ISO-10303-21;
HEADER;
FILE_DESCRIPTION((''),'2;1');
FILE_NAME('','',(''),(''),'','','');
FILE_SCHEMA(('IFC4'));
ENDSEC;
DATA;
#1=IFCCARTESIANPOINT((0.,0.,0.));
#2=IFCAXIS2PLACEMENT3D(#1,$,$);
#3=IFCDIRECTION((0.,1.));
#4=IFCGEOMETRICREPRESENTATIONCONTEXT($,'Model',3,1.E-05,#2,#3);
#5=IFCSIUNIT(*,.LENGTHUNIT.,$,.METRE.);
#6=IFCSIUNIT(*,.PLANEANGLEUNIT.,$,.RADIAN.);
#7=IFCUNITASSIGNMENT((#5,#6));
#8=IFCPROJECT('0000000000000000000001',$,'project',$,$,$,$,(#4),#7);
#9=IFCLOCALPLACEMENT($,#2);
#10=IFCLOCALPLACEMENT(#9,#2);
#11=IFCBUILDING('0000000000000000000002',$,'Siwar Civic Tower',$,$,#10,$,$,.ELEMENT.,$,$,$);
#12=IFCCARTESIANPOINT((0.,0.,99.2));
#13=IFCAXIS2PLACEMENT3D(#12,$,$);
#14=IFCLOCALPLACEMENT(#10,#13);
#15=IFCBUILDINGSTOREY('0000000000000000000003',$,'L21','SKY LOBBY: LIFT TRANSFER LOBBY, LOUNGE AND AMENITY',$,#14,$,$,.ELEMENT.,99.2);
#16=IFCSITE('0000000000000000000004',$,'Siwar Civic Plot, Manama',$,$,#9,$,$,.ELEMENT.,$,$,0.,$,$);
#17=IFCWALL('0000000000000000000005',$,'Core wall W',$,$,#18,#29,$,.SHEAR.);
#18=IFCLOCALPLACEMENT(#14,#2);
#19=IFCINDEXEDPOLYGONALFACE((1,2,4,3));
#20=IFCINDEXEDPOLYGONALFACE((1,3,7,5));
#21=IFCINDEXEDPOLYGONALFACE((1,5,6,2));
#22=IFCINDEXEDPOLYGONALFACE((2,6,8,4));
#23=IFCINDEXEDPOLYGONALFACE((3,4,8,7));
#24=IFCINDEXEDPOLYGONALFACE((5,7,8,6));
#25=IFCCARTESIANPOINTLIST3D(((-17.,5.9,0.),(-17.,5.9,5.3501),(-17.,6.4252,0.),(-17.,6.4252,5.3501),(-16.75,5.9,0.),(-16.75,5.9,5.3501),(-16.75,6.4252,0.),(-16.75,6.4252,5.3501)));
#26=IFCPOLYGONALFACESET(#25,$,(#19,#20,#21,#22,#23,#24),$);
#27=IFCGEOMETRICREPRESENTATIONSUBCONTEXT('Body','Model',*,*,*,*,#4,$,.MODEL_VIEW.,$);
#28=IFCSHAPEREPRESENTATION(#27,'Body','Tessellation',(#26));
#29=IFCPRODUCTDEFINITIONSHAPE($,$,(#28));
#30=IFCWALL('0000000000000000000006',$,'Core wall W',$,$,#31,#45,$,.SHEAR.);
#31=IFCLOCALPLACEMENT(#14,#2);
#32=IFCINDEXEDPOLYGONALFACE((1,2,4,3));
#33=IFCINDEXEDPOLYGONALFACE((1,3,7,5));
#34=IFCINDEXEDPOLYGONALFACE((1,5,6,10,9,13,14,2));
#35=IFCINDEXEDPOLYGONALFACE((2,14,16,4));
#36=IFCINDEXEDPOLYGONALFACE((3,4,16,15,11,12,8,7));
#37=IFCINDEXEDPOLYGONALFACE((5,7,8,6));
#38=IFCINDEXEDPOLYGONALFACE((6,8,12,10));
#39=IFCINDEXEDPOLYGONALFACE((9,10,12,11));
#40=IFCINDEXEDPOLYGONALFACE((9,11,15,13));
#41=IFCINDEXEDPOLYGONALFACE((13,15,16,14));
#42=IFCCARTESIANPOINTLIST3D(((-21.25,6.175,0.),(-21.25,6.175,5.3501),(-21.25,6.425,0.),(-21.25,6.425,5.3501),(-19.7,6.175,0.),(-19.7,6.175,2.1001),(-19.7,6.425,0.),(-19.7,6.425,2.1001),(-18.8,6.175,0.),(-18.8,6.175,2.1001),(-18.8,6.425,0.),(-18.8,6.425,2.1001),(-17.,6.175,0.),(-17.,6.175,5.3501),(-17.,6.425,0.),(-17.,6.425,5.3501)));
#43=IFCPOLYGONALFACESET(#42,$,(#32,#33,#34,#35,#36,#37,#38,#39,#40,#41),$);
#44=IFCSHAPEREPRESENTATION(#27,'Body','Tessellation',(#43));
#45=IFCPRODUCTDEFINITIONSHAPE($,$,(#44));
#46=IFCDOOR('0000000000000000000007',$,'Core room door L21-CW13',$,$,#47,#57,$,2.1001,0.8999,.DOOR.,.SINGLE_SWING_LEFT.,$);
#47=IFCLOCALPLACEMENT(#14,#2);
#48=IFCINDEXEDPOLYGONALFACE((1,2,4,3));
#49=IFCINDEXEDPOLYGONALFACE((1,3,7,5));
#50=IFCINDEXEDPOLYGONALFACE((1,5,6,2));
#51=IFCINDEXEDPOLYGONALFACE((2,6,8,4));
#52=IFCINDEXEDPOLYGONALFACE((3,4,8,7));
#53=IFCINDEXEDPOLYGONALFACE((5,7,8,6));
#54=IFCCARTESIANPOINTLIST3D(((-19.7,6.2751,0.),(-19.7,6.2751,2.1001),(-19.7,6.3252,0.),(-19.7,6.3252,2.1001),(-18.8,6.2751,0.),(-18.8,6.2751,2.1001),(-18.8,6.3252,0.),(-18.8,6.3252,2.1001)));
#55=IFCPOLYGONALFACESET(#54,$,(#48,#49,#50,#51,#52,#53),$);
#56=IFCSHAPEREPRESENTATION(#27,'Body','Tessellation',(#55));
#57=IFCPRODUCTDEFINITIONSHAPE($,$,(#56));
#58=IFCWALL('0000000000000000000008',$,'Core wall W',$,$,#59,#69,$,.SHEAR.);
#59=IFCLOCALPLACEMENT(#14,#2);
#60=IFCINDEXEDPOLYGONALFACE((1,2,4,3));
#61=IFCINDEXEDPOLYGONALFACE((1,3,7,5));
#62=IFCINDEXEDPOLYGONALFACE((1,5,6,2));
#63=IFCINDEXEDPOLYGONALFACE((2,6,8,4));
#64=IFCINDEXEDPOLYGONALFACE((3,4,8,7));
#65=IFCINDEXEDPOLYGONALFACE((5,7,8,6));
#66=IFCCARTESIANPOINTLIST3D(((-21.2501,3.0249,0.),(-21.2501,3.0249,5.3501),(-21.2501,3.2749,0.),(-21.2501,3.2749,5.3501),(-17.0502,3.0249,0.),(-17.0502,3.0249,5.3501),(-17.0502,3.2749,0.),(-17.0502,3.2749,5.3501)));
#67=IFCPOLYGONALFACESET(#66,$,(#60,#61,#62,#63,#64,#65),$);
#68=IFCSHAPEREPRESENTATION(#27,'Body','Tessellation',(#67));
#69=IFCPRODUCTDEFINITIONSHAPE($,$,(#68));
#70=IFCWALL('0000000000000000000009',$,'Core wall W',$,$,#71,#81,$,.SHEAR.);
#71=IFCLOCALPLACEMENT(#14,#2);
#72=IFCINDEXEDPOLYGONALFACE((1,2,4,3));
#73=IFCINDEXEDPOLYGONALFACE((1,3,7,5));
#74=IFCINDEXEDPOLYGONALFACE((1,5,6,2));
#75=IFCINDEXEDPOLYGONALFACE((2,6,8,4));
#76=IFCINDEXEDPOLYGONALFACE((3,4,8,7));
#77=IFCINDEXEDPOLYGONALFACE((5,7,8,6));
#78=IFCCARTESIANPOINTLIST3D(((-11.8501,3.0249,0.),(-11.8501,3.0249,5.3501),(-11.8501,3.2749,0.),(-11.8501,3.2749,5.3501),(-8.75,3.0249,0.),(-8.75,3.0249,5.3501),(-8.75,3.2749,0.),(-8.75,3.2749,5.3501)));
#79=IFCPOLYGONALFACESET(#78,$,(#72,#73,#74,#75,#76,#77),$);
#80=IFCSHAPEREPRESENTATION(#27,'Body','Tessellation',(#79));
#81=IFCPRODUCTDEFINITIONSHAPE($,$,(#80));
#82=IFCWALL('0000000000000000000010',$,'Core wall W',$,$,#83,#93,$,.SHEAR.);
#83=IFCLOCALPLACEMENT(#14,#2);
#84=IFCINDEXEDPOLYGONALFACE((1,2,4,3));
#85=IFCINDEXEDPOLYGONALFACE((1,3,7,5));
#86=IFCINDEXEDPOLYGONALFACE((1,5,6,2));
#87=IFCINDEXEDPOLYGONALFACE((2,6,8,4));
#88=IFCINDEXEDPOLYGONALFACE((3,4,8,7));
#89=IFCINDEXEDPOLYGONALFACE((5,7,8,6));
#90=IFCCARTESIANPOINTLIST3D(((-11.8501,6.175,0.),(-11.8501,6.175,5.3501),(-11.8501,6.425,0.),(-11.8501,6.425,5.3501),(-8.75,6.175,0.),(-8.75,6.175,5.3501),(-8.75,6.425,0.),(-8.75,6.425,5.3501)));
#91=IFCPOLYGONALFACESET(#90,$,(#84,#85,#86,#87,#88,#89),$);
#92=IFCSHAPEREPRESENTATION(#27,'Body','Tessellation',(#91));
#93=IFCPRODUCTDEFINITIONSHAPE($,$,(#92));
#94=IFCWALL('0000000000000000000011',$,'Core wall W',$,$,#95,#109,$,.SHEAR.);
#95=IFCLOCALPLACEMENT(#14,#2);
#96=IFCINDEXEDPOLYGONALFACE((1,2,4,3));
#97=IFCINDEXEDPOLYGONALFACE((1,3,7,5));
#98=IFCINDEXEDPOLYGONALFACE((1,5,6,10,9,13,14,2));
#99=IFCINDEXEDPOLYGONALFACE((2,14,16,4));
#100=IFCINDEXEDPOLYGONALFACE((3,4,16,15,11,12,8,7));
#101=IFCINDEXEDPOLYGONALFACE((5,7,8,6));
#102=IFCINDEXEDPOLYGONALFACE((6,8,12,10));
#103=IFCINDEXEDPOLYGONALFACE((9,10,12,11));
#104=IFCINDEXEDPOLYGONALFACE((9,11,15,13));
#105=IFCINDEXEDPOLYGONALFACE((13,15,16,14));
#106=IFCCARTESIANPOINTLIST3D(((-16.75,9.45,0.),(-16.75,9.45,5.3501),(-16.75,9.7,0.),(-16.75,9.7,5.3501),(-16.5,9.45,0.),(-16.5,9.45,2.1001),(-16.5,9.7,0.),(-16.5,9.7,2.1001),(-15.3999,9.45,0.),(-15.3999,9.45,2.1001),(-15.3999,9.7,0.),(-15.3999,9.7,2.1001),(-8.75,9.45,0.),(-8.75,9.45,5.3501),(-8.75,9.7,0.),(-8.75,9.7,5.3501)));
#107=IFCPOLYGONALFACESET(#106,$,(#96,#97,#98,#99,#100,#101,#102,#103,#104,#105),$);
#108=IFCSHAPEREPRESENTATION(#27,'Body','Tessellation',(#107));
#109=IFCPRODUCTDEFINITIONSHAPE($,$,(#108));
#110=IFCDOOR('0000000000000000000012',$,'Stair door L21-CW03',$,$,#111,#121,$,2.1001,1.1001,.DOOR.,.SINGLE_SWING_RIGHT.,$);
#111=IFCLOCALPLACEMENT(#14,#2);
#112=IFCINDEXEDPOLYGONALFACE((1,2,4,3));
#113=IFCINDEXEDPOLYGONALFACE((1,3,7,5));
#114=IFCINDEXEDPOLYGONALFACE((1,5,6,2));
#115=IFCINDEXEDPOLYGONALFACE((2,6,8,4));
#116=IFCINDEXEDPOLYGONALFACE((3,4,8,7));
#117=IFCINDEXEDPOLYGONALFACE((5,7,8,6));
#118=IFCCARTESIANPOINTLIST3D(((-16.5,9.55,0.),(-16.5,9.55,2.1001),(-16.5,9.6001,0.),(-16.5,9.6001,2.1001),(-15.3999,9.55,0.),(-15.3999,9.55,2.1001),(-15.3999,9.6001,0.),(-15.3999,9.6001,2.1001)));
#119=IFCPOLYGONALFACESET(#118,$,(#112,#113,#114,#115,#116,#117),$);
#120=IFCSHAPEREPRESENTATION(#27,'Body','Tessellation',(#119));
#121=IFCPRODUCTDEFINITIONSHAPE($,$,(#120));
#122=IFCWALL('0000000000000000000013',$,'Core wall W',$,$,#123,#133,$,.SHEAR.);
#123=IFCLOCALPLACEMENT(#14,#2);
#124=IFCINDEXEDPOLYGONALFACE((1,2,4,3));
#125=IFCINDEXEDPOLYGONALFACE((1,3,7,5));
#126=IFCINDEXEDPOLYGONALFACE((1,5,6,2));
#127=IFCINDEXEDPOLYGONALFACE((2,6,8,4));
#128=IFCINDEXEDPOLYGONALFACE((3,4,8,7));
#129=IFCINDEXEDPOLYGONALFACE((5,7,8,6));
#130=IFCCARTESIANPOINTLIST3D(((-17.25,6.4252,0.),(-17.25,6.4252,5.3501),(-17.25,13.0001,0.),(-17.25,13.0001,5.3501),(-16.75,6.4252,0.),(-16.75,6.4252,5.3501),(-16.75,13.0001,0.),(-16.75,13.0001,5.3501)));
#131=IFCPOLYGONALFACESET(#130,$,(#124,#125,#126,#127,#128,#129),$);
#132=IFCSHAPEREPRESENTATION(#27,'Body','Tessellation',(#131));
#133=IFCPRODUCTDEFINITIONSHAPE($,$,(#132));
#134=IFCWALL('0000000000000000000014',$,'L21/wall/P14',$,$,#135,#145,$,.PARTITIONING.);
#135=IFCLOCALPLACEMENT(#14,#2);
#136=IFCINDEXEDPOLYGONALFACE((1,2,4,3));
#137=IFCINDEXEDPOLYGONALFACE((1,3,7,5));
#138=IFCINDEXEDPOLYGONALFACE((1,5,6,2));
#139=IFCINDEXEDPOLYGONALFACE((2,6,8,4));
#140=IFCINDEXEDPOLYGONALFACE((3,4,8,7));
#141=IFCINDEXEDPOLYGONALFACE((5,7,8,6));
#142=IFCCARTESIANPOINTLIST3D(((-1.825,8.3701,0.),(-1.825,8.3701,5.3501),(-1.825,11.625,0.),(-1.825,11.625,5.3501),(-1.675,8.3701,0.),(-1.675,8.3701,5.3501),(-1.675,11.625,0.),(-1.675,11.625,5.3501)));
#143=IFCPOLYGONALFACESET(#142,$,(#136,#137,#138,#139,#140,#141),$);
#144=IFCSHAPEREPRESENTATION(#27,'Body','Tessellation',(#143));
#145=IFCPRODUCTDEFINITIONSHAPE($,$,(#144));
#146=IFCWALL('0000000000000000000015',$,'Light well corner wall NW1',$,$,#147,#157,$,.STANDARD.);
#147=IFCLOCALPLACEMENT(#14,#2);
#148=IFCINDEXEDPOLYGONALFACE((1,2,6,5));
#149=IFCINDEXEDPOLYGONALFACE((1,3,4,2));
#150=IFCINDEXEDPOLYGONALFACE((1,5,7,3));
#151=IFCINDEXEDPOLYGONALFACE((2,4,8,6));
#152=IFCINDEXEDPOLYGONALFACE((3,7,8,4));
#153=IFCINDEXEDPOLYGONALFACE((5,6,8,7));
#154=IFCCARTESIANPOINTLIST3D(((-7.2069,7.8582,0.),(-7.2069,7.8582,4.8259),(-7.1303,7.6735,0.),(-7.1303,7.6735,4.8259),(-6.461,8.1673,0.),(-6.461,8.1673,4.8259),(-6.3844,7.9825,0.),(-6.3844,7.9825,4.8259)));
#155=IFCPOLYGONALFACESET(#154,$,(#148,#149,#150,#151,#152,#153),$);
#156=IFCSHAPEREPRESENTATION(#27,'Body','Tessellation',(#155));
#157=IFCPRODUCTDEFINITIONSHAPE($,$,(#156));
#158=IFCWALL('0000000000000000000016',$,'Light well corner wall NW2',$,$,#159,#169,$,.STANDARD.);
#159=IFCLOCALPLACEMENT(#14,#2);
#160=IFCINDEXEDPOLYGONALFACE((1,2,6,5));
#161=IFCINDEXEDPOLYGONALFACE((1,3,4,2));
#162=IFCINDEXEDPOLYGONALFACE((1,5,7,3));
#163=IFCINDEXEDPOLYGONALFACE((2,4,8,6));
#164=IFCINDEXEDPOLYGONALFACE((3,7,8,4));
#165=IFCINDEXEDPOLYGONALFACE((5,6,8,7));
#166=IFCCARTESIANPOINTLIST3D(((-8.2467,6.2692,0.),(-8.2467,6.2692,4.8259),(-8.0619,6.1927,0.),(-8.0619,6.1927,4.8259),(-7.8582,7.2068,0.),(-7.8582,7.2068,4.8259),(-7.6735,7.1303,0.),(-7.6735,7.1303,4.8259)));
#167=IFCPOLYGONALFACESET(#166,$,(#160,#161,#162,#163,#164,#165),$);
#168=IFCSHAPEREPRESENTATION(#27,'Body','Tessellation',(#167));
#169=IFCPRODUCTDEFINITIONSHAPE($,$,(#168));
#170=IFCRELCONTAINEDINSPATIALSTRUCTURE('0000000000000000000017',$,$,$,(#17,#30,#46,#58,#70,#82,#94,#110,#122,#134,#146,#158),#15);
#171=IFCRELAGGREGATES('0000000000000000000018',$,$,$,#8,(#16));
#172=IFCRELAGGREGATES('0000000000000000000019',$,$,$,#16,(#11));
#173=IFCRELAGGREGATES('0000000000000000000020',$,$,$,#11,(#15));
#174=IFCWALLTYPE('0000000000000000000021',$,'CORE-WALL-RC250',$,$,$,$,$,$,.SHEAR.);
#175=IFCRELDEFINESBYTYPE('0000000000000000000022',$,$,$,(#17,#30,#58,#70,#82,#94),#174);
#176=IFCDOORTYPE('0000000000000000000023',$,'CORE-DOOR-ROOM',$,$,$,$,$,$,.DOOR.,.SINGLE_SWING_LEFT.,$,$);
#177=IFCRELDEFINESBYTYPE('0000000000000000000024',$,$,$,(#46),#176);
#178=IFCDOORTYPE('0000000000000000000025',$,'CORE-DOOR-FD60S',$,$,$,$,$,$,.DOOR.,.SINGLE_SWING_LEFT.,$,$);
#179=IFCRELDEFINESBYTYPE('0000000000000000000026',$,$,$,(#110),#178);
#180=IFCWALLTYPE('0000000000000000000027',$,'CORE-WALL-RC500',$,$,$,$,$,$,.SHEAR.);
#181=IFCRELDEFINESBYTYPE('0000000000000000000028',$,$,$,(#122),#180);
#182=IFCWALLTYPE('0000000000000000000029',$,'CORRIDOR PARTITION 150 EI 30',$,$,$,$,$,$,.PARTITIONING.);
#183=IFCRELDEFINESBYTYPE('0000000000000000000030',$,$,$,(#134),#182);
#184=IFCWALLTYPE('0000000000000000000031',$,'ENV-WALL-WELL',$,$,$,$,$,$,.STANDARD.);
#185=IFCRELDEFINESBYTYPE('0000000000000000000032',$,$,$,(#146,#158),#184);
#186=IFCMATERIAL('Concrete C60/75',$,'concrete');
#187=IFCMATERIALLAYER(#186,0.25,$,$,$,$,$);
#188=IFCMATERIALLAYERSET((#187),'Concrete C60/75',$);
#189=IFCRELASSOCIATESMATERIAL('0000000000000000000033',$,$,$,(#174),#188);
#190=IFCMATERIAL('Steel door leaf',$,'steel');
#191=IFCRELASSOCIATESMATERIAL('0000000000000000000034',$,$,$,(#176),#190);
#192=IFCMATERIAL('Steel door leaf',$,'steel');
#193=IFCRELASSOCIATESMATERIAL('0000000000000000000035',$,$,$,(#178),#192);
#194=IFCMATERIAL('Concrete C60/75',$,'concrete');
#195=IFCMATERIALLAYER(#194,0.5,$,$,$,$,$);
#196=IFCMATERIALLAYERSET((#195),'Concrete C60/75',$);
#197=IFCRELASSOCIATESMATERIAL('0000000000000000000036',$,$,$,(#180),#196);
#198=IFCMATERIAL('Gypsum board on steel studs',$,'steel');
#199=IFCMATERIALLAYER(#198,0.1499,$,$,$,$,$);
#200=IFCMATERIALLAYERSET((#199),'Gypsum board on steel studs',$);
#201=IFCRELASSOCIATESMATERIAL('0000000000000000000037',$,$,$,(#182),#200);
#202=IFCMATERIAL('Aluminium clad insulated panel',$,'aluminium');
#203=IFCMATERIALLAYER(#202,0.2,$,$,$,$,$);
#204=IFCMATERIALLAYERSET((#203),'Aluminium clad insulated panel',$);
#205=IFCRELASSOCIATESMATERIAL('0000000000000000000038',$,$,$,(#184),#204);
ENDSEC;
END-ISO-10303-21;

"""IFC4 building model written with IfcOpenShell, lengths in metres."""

from ifc_helpers import new_model, si_unit, direction, frame, frame_2d, origin, place, context, subcontext, project, spatial, rectangle, extrude, material, layer, layer_set, type_object, element, fill, save


model = new_model("IFC4")

# Units and contexts
model_context = context("Model", 3, precision=1e-05, world=origin(), true_north=direction((0.0, 1.0)))
body_context = subcontext(model_context, "Body", "Model", "MODEL_VIEW")
ifc_project = project(units=[si_unit("LENGTHUNIT", "METRE"), si_unit("PLANEANGLEUNIT", "RADIAN")], contexts=[model_context])

# Site, building, storey
site_placement = place(None, origin())
site = spatial("IfcSite", under=ifc_project, at=site_placement, Name="Siwar Civic Plot, Manama", CompositionType="ELEMENT", RefElevation=0.0)
building_placement = place(site_placement, origin())
building = spatial("IfcBuilding", under=site, at=building_placement, Name="Siwar Civic Tower", CompositionType="ELEMENT")
storey_placement = place(building_placement, frame((0.0, 0.0, 99.2)))
storey = spatial("IfcBuildingStorey", under=building, at=storey_placement, Name="L21", Description="SKY LOBBY: LIFT TRANSFER LOBBY, LOUNGE AND AMENITY", CompositionType="ELEMENT", Elevation=99.2)

# Shared definitions
ifc_material_1 = material(Name="Concrete C60/75", Category="concrete")
ifc_layer_1 = layer(ifc_material_1, 0.25)
ifc_layer_set_1 = layer_set([ifc_layer_1], Name="Concrete C60/75")
wall_type_1 = type_object("IfcWallType", Name="CORE-WALL-RC250", PredefinedType="SHEAR", material=ifc_layer_set_1)

# Wall
wall_1_placement = place(storey_placement, frame((-16.875, 5.8999, 0.0), z_axis=(0.0, 0.0, 1.0), x_axis=(0.0, 1.0, 0.0)))
element("IfcWall", 1, at=wall_1_placement, inside=storey, type_object=wall_type_1, Name="Core wall W", PredefinedType="SHEAR", context=body_context, shape_type="SweptSolid", body=[
    extrude(rectangle(XDim=0.5251, YDim=0.25, at=frame_2d((0.2627, 0.0))), origin(), (0.0, 0.0, 1.0), 5.3501),
])

# Wall, opening, door
wall_2_placement = place(storey_placement, frame((-17.0, 6.3, 0.0), z_axis=(0.0, 0.0, 1.0), x_axis=(-1.0, 0.0, 0.0)))
wall_2 = element("IfcWall", 2, at=wall_2_placement, inside=storey, type_object=wall_type_1, Name="Core wall W", PredefinedType="SHEAR", context=body_context, shape_type="SweptSolid", body=[
    extrude(rectangle(XDim=4.25, YDim=0.25, at=frame_2d((2.125, 0.0))), origin(), (0.0, 0.0, 1.0), 5.3501),
])
opening_1_placement = place(wall_2_placement, frame((1.8, 0.0, 0.0)))
opening_1 = element("IfcOpeningElement", 3, at=opening_1_placement, cuts=wall_2, PredefinedType="OPENING", context=body_context, shape_type="SweptSolid", body=[
    extrude(rectangle(XDim=0.8999, YDim=2.1001, at=frame_2d((0.45, 1.05))), frame((0.0, 0.135, 0.0), z_axis=(0.0, -1.0, 0.0), x_axis=(1.0, 0.0, 0.0)), (0.0, 0.0, 1.0), 0.27),
])
ifc_material_2 = material(Name="Steel door leaf", Category="steel")
door_type_1 = type_object("IfcDoorType", Name="CORE-DOOR-ROOM", OperationType="SINGLE_SWING_LEFT", PredefinedType="DOOR", material=ifc_material_2)
door_1_placement = place(opening_1_placement, origin())
door_1 = element("IfcDoor", 4, at=door_1_placement, inside=storey, type_object=door_type_1, Name="Core room door L21-CW13", OperationType="SINGLE_SWING_LEFT", OverallHeight=2.1001, OverallWidth=0.8999, PredefinedType="DOOR", context=body_context, shape_type="SweptSolid", body=[
    extrude(rectangle(XDim=0.8999, YDim=2.1001, at=frame_2d((0.45, 1.05))), frame((0.0, 0.0249, 0.0), z_axis=(0.0, -1.0, 0.0), x_axis=(1.0, 0.0, 0.0)), (0.0, 0.0, 1.0), 0.05),
])
fill(opening_1, door_1)

# Walls
wall_3_placement = place(storey_placement, frame((-17.05, 3.1499, 0.0), z_axis=(0.0, 0.0, 1.0), x_axis=(-1.0, 0.0, 0.0)))
element("IfcWall", 5, at=wall_3_placement, inside=storey, type_object=wall_type_1, Name="Core wall W", PredefinedType="SHEAR", context=body_context, shape_type="SweptSolid", body=[
    extrude(rectangle(XDim=4.2, YDim=0.25, at=frame_2d((2.1001, 0.0))), origin(), (0.0, 0.0, 1.0), 5.3501),
])
for number, where, z_axis, x_axis, name in (
    (6, (-8.75, 3.1499, 0.0), (0.0, 0.0, 1.0), (-1.0, 0.0, 0.0), "Core wall W"),
    (7, (-8.75, 6.3, 0.0), (0.0, 0.0, 1.0), (-1.0, 0.0, 0.0), "Core wall W"),
):
    element("IfcWall", number, at=place(storey_placement, frame(where, z_axis=z_axis, x_axis=x_axis)), inside=storey, type_object=wall_type_1, Name=name, PredefinedType="SHEAR", context=body_context, shape_type="SweptSolid", body=[
        extrude(rectangle(XDim=3.1001, YDim=0.25, at=frame_2d((1.55, 0.0))), origin(), (0.0, 0.0, 1.0), 5.3501),
    ])

# Wall, opening, door
wall_4_placement = place(storey_placement, frame((-8.75, 9.575, 0.0), z_axis=(0.0, 0.0, 1.0), x_axis=(-1.0, 0.0, 0.0)))
wall_4 = element("IfcWall", 8, at=wall_4_placement, inside=storey, type_object=wall_type_1, Name="Core wall W", PredefinedType="SHEAR", context=body_context, shape_type="SweptSolid", body=[
    extrude(rectangle(XDim=8.0, YDim=0.25, at=frame_2d((4.0, 0.0))), origin(), (0.0, 0.0, 1.0), 5.3501),
])
opening_2_placement = place(wall_4_placement, frame((6.6499, 0.0, 0.0)))
opening_2 = element("IfcOpeningElement", 9, at=opening_2_placement, cuts=wall_4, PredefinedType="OPENING", context=body_context, shape_type="SweptSolid", body=[
    extrude(rectangle(XDim=1.1001, YDim=2.1001, at=frame_2d((0.55, 1.05))), frame((0.0, 0.135, 0.0), z_axis=(0.0, -1.0, 0.0), x_axis=(1.0, 0.0, 0.0)), (0.0, 0.0, 1.0), 0.27),
])
ifc_material_3 = material(Name="Steel door leaf", Category="steel")
door_type_2 = type_object("IfcDoorType", Name="CORE-DOOR-FD60S", OperationType="SINGLE_SWING_LEFT", PredefinedType="DOOR", material=ifc_material_3)
door_2_placement = place(opening_2_placement, origin())
door_2 = element("IfcDoor", 10, at=door_2_placement, inside=storey, type_object=door_type_2, Name="Stair door L21-CW03", OperationType="SINGLE_SWING_RIGHT", OverallHeight=2.1001, OverallWidth=1.1001, PredefinedType="DOOR", context=body_context, shape_type="SweptSolid", body=[
    extrude(rectangle(XDim=1.1001, YDim=2.1001, at=frame_2d((0.55, 1.05))), frame((0.0, 0.0249, 0.0), z_axis=(0.0, -1.0, 0.0), x_axis=(1.0, 0.0, 0.0)), (0.0, 0.0, 1.0), 0.05),
])
fill(opening_2, door_2)

# Walls
ifc_material_4 = material(Name="Concrete C60/75", Category="concrete")
ifc_layer_2 = layer(ifc_material_4, 0.5)
ifc_layer_set_2 = layer_set([ifc_layer_2], Name="Concrete C60/75")
wall_type_2 = type_object("IfcWallType", Name="CORE-WALL-RC500", PredefinedType="SHEAR", material=ifc_layer_set_2)
wall_5_placement = place(storey_placement, frame((-17.0, 6.425, 0.0), z_axis=(0.0, 0.0, 1.0), x_axis=(0.0, 1.0, 0.0)))
element("IfcWall", 11, at=wall_5_placement, inside=storey, type_object=wall_type_2, Name="Core wall W", PredefinedType="SHEAR", context=body_context, shape_type="SweptSolid", body=[
    extrude(rectangle(XDim=6.575, YDim=0.5, at=frame_2d((3.2876, 0.0))), origin(), (0.0, 0.0, 1.0), 5.3501),
])
ifc_material_5 = material(Name="Gypsum board on steel studs", Category="steel")
ifc_layer_3 = layer(ifc_material_5, 0.1499)
ifc_layer_set_3 = layer_set([ifc_layer_3], Name="Gypsum board on steel studs")
wall_type_3 = type_object("IfcWallType", Name="CORRIDOR PARTITION 150 EI 30", PredefinedType="PARTITIONING", material=ifc_layer_set_3)
wall_6_placement = place(storey_placement, frame((-1.75, 8.3701, 0.0), z_axis=(0.0, 0.0, 1.0), x_axis=(0.0, 1.0, 0.0)))
element("IfcWall", 12, at=wall_6_placement, inside=storey, type_object=wall_type_3, Name="L21/wall/P14", PredefinedType="PARTITIONING", context=body_context, shape_type="SweptSolid", body=[
    extrude(rectangle(XDim=3.2549, YDim=0.1499, at=frame_2d((1.6274, 0.0))), origin(), (0.0, 0.0, 1.0), 5.3501),
])
ifc_material_6 = material(Name="Aluminium clad insulated panel", Category="aluminium")
ifc_layer_4 = layer(ifc_material_6, 0.2)
ifc_layer_set_4 = layer_set([ifc_layer_4], Name="Aluminium clad insulated panel")
wall_type_4 = type_object("IfcWallType", Name="ENV-WALL-WELL", PredefinedType="STANDARD", material=ifc_layer_set_4)
wall_7_placement = place(storey_placement, frame((-6.4226, 8.075, 0.0), z_axis=(0.0, 0.0, 1.0), x_axis=(-0.923818, -0.382833, 0.0)))
element("IfcWall", 13, at=wall_7_placement, inside=storey, type_object=wall_type_4, Name="Light well corner wall NW1", PredefinedType="STANDARD", context=body_context, shape_type="SweptSolid", body=[
    extrude(rectangle(XDim=0.8074, YDim=0.2, at=frame_2d((0.4038, 0.0))), origin(), (0.0, 0.0, 1.0), 4.8259),
])
wall_8_placement = place(storey_placement, frame((-7.7659, 7.1685, 0.0), z_axis=(0.0, 0.0, 1.0), x_axis=(-0.38277, -0.923844, 0.0)))
element("IfcWall", 14, at=wall_8_placement, inside=storey, type_object=wall_type_4, Name="Light well corner wall NW2", PredefinedType="STANDARD", context=body_context, shape_type="SweptSolid", body=[
    extrude(rectangle(XDim=1.0149, YDim=0.2, at=frame_2d((0.5073, 0.0))), origin(), (0.0, 0.0, 1.0), 4.8259),
])

save(model, "model.ifc")
